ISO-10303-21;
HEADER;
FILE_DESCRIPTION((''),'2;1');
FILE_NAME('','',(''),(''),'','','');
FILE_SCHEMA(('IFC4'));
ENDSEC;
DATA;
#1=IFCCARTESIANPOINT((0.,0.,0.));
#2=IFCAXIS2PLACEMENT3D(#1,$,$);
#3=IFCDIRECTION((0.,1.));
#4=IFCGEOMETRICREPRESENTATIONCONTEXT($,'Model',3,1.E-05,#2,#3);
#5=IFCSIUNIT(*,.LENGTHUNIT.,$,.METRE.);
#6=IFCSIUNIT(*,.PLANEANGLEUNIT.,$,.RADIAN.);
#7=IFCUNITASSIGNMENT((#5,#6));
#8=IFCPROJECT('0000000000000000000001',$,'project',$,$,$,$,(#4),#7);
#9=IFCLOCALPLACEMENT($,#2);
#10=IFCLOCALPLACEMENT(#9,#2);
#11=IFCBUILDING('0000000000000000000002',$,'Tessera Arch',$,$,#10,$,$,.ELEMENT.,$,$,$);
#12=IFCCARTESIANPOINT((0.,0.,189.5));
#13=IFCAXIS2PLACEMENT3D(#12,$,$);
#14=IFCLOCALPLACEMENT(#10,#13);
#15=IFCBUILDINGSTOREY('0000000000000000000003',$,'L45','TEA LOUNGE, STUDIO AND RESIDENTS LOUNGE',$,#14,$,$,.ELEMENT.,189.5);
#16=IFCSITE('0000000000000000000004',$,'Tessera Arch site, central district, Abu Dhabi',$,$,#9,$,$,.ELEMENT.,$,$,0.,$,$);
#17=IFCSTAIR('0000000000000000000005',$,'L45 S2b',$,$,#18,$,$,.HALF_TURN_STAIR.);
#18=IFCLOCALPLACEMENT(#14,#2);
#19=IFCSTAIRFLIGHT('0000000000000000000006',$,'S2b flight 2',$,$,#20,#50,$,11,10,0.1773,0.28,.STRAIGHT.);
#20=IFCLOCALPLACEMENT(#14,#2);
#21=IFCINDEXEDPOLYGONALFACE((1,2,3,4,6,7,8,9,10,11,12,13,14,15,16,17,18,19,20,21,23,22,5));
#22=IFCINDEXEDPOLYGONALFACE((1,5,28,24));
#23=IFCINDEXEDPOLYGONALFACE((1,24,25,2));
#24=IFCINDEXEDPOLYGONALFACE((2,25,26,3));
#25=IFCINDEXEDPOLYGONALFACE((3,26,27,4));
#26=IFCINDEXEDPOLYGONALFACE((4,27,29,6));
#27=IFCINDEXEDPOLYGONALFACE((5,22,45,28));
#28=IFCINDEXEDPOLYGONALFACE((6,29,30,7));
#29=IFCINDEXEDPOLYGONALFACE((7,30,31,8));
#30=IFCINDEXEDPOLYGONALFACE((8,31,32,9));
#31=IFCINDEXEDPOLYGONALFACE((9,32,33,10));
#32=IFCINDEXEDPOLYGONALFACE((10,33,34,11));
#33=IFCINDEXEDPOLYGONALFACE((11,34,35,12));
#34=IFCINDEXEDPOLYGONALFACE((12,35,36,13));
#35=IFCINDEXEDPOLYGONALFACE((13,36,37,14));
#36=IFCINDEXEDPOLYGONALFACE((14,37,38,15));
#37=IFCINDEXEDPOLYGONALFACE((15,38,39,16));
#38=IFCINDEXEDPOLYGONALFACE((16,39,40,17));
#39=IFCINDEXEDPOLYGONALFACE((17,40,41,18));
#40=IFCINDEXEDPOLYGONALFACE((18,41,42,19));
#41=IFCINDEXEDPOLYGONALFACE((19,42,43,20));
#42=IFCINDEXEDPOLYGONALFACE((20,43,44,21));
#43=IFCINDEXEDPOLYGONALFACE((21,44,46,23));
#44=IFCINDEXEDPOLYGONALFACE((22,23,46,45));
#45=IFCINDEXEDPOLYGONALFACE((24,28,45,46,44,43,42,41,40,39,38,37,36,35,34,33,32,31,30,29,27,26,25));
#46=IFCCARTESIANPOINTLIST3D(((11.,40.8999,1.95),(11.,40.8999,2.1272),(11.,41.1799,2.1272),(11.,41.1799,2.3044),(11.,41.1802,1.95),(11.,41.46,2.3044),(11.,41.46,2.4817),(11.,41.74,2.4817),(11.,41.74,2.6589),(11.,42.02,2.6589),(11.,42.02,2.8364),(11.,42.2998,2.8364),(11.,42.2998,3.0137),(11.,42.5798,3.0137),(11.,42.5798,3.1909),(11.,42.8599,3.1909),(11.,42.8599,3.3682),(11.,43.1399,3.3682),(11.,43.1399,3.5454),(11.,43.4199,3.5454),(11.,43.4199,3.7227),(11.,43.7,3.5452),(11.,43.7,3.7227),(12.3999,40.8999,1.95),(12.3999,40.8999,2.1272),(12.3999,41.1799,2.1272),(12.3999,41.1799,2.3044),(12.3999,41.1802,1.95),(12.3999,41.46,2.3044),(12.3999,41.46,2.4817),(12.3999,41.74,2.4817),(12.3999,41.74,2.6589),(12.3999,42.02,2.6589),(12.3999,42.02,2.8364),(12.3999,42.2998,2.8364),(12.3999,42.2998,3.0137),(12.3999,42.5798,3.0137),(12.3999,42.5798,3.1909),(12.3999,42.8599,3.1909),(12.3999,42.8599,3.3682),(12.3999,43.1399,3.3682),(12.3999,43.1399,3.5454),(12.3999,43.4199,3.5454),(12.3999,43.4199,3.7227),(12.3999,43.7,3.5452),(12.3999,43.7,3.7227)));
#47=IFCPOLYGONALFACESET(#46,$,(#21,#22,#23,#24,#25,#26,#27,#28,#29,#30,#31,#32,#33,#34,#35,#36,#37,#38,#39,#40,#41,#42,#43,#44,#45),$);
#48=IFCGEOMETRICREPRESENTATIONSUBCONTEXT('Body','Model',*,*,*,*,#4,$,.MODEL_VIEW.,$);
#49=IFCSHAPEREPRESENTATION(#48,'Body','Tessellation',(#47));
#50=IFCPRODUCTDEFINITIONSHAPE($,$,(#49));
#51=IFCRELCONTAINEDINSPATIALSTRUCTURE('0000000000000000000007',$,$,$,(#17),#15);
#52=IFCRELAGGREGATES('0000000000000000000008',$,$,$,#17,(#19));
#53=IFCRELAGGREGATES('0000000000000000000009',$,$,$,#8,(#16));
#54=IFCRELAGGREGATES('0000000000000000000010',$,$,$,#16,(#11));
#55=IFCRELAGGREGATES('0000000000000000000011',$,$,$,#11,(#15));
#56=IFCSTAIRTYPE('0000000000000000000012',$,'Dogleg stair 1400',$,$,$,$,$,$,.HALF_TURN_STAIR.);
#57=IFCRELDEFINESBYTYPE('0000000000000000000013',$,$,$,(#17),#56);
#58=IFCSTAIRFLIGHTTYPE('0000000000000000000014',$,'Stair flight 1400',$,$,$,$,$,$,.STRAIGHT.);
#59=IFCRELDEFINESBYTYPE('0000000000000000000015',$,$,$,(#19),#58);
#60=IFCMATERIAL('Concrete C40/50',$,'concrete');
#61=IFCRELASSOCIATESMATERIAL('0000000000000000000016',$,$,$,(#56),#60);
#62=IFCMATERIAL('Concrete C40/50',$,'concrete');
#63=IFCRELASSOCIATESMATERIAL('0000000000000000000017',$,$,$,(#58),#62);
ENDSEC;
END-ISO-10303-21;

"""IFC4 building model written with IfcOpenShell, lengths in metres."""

from ifc_helpers import new_model, si_unit, direction, frame, origin, place, context, subcontext, project, spatial, polyline, outline, extrude, material, type_object, element, aggregate, save


model = new_model("IFC4")

# Units and contexts
model_context = context("Model", 3, precision=1e-05, world=origin(), true_north=direction((0.0, 1.0)))
body_context = subcontext(model_context, "Body", "Model", "MODEL_VIEW")
ifc_project = project(units=[si_unit("LENGTHUNIT", "METRE"), si_unit("PLANEANGLEUNIT", "RADIAN")], contexts=[model_context])

# Site, building, storey
site_placement = place(None, origin())
site = spatial("IfcSite", under=ifc_project, at=site_placement, Name="Tessera Arch site, central district, Abu Dhabi", CompositionType="ELEMENT", RefElevation=0.0)
building_placement = place(site_placement, origin())
building = spatial("IfcBuilding", under=site, at=building_placement, Name="Tessera Arch", CompositionType="ELEMENT")
storey_placement = place(building_placement, frame((0.0, 0.0, 189.5)))
storey = spatial("IfcBuildingStorey", under=building, at=storey_placement, Name="L45", Description="TEA LOUNGE, STUDIO AND RESIDENTS LOUNGE", CompositionType="ELEMENT", Elevation=189.5)

# Stair, stair flight
ifc_material_1 = material(Name="Concrete C40/50", Category="concrete")
stair_type = type_object("IfcStairType", Name="Dogleg stair 1400", PredefinedType="HALF_TURN_STAIR", material=ifc_material_1)
stair_placement = place(storey_placement, origin())
stair = element("IfcStair", 1, at=stair_placement, inside=storey, type_object=stair_type, Name="L45 S2b", PredefinedType="HALF_TURN_STAIR")
ifc_material_2 = material(Name="Concrete C40/50", Category="concrete")
stair_flight_type = type_object("IfcStairFlightType", Name="Stair flight 1400", PredefinedType="STRAIGHT", material=ifc_material_2)
stair_flight_1_placement = place(storey_placement, frame((11.7, 40.8999, 1.95), z_axis=(0.0, 0.0, 1.0), x_axis=(0.0, 1.0, 0.0)))
stair_flight_1 = element("IfcStairFlight", 2, at=stair_flight_1_placement, type_object=stair_flight_type, Name="S2b flight 2", NumberOfRisers=11, NumberOfTreads=10, PredefinedType="STRAIGHT", RiserHeight=0.1773, TreadLength=0.28, context=body_context, shape_type="SweptSolid", body=[
    extrude(outline(polyline([(0.0, 0.0), (0.0, 0.1772), (0.28, 0.1772), (0.28, 0.3545), (0.5601, 0.3545), (0.5601, 0.5317), (0.8401, 0.5317), (0.8401, 0.709), (1.1201, 0.709), (1.1201, 0.8865), (1.3999, 0.8865), (1.3999, 1.0637), (1.6799, 1.0637), (1.6799, 1.241), (1.96, 1.241), (1.96, 1.4182), (2.24, 1.4182), (2.24, 1.5955), (2.52, 1.5955), (2.52, 1.7727), (2.8, 1.7727), (2.8, 1.95), (2.8, 1.5952), (0.2803, 0.0), (0.0, 0.0)])), frame((0.0, 0.7, 0.0), z_axis=(0.0, -1.0, 0.0), x_axis=(1.0, 0.0, 0.0)), (0.0, 0.0, 1.0), 1.3999),
])
aggregate(stair, [stair_flight_1])

save(model, "model.ifc")
